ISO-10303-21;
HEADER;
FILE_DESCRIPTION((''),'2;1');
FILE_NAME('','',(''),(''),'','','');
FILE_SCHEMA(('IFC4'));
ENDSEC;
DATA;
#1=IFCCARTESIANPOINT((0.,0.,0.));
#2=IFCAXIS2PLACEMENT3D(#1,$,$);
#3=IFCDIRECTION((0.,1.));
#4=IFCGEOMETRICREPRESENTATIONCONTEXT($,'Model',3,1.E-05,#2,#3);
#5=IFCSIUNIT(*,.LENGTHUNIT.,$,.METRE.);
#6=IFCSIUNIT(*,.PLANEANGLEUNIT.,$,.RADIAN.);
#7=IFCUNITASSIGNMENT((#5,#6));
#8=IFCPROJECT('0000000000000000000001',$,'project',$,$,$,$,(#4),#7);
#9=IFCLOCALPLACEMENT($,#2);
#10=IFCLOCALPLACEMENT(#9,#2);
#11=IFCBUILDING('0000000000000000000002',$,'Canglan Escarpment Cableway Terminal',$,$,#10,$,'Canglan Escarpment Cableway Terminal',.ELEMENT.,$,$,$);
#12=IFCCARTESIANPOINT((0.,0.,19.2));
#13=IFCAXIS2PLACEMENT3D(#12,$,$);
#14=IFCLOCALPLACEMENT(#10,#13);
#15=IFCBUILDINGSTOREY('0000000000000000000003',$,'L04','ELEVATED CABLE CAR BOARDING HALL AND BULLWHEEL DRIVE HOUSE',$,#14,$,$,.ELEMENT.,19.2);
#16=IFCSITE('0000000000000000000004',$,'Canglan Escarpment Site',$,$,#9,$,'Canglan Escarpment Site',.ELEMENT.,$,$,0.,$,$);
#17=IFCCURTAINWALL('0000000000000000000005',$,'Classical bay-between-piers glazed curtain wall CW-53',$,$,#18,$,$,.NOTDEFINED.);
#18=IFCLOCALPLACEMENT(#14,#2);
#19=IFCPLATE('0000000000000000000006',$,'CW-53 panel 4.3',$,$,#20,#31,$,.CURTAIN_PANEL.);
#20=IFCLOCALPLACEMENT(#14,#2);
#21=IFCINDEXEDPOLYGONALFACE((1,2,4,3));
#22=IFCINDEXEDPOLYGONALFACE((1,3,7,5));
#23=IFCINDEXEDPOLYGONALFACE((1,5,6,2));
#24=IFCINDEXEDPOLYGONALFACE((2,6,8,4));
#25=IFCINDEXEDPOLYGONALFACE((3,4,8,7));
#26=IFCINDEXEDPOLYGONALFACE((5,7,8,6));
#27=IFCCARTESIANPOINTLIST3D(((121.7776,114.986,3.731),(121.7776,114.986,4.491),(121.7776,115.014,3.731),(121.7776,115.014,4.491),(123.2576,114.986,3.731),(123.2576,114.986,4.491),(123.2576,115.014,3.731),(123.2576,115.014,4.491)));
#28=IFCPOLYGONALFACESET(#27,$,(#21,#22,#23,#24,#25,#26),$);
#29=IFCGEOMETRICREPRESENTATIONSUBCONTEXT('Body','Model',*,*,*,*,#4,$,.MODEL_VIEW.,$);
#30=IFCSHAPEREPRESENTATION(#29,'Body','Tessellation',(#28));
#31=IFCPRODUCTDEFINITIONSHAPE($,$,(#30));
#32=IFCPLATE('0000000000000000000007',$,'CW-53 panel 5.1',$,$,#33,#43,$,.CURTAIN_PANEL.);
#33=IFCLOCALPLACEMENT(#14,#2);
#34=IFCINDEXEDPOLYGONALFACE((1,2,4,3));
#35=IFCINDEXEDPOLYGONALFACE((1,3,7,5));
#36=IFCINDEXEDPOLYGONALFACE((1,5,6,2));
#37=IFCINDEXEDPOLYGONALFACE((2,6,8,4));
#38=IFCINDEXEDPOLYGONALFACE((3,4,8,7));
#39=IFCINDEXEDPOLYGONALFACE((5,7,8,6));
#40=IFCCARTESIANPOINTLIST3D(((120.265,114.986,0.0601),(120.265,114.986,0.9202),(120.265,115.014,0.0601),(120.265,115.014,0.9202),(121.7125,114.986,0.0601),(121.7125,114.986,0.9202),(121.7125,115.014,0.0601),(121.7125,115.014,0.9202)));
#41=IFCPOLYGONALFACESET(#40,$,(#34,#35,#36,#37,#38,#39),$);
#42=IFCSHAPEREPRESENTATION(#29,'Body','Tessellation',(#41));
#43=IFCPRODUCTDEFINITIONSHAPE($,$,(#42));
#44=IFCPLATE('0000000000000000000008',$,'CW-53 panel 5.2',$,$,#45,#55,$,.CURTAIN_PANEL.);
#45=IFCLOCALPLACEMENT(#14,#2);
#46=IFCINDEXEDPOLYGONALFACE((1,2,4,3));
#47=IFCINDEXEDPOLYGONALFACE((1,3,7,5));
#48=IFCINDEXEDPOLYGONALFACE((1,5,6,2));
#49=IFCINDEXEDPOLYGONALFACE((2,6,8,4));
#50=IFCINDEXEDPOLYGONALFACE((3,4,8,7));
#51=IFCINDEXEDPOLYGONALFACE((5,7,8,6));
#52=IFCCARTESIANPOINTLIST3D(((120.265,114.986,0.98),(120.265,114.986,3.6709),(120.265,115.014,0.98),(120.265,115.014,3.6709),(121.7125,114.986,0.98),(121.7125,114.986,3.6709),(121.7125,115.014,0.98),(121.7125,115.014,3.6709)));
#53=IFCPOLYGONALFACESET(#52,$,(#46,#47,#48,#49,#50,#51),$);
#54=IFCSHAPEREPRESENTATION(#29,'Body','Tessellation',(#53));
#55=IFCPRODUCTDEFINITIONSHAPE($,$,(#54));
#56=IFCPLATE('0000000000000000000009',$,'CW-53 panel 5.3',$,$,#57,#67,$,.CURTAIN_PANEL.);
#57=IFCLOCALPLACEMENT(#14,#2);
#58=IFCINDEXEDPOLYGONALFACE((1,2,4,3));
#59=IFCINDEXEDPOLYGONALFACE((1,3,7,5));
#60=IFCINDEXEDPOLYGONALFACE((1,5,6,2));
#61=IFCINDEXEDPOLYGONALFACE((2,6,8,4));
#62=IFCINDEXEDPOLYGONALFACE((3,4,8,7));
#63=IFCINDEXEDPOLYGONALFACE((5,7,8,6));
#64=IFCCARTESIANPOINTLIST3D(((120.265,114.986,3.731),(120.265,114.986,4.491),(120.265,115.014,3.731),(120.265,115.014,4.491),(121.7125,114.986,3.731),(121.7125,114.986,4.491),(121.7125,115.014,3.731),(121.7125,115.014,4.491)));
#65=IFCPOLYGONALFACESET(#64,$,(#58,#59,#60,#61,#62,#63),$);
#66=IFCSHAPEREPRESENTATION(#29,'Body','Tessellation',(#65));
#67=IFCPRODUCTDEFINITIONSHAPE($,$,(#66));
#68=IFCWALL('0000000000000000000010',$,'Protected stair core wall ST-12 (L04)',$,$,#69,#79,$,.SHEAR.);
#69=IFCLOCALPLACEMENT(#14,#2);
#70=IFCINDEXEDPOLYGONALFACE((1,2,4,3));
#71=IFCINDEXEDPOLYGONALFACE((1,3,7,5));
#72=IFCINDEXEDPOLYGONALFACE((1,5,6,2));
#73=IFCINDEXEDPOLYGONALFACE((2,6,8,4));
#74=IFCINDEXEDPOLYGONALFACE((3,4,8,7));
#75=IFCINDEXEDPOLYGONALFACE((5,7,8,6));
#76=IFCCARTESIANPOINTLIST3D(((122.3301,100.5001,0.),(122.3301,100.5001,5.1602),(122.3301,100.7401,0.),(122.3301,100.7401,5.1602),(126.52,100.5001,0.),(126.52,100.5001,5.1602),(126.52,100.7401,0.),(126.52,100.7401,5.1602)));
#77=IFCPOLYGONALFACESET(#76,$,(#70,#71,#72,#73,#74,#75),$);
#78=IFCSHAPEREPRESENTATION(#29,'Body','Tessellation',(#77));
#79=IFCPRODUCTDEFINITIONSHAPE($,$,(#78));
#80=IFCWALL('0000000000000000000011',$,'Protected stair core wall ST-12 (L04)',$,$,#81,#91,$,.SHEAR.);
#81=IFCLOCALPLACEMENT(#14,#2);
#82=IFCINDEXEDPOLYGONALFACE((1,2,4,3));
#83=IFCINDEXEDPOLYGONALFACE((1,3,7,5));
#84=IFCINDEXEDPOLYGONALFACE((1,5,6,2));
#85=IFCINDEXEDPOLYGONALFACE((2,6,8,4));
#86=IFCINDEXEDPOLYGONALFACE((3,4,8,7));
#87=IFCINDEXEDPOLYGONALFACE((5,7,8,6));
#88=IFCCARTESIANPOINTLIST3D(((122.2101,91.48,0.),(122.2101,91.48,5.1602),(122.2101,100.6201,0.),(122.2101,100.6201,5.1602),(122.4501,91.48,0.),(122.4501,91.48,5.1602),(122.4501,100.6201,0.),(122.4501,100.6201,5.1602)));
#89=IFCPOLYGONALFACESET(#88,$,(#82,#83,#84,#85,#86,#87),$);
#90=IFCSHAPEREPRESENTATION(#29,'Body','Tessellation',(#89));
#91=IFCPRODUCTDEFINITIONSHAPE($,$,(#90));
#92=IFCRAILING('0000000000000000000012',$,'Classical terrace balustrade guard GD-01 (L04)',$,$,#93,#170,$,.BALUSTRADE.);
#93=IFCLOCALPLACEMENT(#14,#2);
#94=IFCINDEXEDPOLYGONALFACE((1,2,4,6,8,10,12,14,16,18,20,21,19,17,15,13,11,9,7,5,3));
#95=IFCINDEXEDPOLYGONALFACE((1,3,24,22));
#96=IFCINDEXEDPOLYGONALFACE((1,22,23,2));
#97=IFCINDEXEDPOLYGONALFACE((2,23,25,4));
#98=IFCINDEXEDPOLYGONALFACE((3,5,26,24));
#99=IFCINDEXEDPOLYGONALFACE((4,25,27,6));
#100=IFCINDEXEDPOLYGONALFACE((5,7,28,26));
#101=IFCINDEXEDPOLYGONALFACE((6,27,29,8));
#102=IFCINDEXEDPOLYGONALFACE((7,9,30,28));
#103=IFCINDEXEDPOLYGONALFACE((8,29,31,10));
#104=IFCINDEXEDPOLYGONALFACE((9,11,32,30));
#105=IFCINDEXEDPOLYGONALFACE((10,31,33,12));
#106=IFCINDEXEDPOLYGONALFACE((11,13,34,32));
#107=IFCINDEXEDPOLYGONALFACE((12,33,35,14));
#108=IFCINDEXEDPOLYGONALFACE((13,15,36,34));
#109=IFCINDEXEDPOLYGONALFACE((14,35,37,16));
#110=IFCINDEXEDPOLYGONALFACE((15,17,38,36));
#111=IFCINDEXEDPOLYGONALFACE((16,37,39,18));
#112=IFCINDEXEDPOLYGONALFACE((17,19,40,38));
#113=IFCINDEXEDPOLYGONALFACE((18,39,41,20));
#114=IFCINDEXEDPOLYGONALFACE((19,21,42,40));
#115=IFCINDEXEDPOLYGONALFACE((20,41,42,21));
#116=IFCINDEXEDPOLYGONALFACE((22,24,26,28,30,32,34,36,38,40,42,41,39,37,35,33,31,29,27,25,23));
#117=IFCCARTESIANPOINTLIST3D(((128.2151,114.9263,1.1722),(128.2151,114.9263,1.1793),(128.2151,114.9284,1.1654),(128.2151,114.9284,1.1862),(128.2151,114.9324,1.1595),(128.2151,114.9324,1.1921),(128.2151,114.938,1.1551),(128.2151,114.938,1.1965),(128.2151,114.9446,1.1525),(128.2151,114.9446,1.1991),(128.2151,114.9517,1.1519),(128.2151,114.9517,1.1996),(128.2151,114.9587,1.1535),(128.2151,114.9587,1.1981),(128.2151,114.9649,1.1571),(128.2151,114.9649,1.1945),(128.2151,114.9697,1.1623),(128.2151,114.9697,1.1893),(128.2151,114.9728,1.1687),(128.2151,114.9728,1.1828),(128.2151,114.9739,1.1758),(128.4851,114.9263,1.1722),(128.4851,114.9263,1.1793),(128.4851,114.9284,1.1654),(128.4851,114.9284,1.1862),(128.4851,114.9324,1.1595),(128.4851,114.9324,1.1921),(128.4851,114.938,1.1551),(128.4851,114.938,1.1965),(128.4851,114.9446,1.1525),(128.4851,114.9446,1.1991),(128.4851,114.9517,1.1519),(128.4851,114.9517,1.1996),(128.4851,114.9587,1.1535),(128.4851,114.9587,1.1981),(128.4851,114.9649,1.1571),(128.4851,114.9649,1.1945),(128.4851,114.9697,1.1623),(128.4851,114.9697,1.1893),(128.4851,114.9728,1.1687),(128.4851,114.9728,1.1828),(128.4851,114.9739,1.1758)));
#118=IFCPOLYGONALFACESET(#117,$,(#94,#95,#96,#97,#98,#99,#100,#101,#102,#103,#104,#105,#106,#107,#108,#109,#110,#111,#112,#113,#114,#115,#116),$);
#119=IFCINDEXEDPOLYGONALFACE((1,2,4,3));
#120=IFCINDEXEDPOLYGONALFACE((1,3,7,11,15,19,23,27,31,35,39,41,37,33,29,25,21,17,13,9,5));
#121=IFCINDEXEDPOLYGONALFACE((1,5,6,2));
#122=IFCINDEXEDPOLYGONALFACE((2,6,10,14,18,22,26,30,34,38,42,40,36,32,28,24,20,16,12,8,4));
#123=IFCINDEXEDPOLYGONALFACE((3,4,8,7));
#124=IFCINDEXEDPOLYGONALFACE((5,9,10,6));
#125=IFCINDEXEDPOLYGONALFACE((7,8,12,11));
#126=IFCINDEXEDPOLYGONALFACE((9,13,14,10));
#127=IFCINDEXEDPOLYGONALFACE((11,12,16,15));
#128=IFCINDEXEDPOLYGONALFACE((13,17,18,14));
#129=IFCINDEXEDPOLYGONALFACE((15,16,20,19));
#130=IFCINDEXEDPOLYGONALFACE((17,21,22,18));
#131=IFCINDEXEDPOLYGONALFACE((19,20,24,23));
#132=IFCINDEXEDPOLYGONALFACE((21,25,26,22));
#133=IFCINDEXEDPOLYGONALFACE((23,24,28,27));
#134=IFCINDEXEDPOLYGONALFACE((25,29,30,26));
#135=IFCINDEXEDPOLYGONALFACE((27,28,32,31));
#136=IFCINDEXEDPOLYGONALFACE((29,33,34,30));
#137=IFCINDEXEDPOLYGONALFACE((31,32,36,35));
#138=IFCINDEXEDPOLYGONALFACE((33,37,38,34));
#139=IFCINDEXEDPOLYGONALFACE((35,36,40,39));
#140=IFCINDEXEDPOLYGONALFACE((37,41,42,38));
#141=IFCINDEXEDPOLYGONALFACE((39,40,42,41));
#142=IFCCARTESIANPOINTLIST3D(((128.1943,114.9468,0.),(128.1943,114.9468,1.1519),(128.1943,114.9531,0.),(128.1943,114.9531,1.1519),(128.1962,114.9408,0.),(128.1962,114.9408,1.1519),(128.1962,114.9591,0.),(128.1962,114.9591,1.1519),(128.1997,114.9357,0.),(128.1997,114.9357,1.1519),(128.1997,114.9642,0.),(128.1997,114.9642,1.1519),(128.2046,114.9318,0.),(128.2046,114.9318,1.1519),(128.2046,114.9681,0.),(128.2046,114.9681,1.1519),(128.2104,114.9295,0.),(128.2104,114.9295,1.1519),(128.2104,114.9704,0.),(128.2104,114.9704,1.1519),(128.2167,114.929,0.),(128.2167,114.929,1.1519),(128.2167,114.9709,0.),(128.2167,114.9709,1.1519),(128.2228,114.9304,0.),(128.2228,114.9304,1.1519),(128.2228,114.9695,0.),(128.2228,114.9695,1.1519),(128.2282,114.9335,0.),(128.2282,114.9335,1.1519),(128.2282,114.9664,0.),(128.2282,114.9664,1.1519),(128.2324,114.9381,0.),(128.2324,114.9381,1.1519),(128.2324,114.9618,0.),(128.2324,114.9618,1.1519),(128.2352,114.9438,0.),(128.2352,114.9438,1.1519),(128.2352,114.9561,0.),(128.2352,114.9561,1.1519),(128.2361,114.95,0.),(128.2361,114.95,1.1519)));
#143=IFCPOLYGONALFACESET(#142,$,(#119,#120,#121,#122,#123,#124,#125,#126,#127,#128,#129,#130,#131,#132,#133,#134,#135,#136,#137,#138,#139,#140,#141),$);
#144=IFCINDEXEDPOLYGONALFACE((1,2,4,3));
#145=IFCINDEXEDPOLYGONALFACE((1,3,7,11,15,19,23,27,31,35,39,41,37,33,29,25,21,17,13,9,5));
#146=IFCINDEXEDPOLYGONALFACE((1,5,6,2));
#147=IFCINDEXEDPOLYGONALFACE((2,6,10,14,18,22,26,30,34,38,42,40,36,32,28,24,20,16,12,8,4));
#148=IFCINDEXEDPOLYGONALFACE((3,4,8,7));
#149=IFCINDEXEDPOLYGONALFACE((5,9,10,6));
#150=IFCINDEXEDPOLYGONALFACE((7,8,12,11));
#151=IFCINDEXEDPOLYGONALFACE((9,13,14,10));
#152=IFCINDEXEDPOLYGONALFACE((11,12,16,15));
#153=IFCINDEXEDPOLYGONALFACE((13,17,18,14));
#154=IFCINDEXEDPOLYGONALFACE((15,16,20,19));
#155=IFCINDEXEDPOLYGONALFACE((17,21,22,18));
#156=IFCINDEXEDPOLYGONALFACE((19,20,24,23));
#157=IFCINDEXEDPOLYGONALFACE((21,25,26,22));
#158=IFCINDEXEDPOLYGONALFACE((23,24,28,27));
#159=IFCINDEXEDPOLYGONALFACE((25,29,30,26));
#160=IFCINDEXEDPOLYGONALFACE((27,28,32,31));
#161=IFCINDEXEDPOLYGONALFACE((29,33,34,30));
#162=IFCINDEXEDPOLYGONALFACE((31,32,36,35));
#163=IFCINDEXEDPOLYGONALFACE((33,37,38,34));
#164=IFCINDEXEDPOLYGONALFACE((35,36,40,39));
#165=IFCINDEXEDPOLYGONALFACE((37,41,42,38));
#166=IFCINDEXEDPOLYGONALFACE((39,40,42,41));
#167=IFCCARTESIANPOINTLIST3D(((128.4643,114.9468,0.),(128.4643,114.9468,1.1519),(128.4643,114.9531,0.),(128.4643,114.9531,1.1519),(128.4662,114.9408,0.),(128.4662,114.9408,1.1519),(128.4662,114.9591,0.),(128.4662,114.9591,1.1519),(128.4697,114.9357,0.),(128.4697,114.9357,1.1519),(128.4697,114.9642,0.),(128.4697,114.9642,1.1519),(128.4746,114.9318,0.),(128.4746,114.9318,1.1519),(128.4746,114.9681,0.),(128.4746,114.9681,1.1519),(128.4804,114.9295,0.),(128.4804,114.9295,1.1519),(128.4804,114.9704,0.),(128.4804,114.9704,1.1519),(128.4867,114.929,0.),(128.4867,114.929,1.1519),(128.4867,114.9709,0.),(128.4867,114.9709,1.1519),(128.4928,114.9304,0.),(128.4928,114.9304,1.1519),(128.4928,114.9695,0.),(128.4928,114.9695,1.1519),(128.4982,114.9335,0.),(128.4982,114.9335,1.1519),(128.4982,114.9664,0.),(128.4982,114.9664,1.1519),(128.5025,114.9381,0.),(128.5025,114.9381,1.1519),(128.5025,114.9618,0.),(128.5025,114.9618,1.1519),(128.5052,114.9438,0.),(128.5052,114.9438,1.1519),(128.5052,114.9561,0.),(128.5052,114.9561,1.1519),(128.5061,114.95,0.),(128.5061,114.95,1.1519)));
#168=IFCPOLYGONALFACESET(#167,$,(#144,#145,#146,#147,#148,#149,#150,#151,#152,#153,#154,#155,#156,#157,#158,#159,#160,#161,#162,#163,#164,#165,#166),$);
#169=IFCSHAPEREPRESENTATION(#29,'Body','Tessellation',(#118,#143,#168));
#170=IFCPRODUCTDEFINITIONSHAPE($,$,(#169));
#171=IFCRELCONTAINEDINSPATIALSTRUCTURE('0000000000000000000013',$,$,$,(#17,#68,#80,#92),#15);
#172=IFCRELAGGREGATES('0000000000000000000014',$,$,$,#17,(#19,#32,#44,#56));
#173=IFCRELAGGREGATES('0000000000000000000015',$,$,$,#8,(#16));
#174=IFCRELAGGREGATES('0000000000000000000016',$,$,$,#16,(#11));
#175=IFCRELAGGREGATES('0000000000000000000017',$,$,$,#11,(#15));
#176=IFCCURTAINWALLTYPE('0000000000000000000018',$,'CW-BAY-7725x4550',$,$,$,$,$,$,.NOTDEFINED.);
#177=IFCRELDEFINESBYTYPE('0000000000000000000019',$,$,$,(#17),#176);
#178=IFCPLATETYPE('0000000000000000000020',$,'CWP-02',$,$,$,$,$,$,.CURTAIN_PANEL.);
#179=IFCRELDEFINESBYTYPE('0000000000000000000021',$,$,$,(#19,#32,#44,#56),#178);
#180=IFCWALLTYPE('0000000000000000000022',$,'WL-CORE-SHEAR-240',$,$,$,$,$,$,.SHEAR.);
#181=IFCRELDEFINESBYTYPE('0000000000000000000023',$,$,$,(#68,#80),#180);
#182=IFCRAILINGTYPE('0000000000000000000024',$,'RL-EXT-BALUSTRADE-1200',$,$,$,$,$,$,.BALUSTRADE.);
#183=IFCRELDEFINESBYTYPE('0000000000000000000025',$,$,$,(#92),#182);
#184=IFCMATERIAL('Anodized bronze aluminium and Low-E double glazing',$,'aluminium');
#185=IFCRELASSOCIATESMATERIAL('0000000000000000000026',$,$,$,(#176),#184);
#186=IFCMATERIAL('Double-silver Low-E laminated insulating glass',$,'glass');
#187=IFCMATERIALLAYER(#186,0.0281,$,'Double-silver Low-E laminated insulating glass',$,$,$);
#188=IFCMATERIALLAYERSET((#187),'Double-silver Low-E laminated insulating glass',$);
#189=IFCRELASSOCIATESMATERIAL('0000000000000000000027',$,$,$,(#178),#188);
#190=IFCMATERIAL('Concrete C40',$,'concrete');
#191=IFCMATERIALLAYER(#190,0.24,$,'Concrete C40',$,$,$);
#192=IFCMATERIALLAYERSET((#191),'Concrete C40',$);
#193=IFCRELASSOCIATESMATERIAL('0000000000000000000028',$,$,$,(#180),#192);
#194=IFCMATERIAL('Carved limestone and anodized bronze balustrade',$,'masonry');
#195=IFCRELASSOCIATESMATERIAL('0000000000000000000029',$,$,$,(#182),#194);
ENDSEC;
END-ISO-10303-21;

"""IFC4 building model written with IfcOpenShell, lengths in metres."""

from ifc_helpers import new_model, si_unit, direction, frame, frame_2d, origin, origin_2d, place, context, subcontext, project, spatial, rectangle, circle, extrude, material, layer, layer_set, type_object, element, aggregate, save


model = new_model("IFC4")

# Units and contexts
model_context = context("Model", 3, precision=1e-05, world=origin(), true_north=direction((0.0, 1.0)))
body_context = subcontext(model_context, "Body", "Model", "MODEL_VIEW")
ifc_project = project(units=[si_unit("LENGTHUNIT", "METRE"), si_unit("PLANEANGLEUNIT", "RADIAN")], contexts=[model_context])

# Site, building, storey
site_placement = place(None, origin())
site = spatial("IfcSite", under=ifc_project, at=site_placement, Name="Canglan Escarpment Site", LongName="Canglan Escarpment Site", CompositionType="ELEMENT", RefElevation=0.0)
building_placement = place(site_placement, origin())
building = spatial("IfcBuilding", under=site, at=building_placement, Name="Canglan Escarpment Cableway Terminal", LongName="Canglan Escarpment Cableway Terminal", CompositionType="ELEMENT")
storey_placement = place(building_placement, frame((0.0, 0.0, 19.2)))
storey = spatial("IfcBuildingStorey", under=building, at=storey_placement, Name="L04", Description="ELEVATED CABLE CAR BOARDING HALL AND BULLWHEEL DRIVE HOUSE", CompositionType="ELEMENT", Elevation=19.2)

# Shared definitions
ifc_material_1 = material(Name="Concrete C40", Category="concrete")

# Curtain wall
ifc_material_2 = material(Name="Anodized bronze aluminium and Low-E double glazing", Category="aluminium")
curtain_wall_type = type_object("IfcCurtainWallType", Name="CW-BAY-7725x4550", PredefinedType="NOTDEFINED", material=ifc_material_2)
curtain_wall_placement = place(storey_placement, origin())
curtain_wall = element("IfcCurtainWall", 1, at=curtain_wall_placement, inside=storey, type_object=curtain_wall_type, Name="Classical bay-between-piers glazed curtain wall CW-53", PredefinedType="NOTDEFINED")

# Plates
ifc_material_3 = material(Name="Double-silver Low-E laminated insulating glass", Category="glass")
ifc_layer_1 = layer(ifc_material_3, 0.0281, Name="Double-silver Low-E laminated insulating glass")
ifc_layer_set_1 = layer_set([ifc_layer_1], Name="Double-silver Low-E laminated insulating glass")
plate_type = type_object("IfcPlateType", Name="CWP-02", PredefinedType="CURTAIN_PANEL", material=ifc_layer_set_1)
plate_1_placement = place(storey_placement, frame((122.5176, 115.0, 3.731), z_axis=(0.0, 0.0, 1.0), x_axis=(-1.0, 0.0, 0.0)))
plate_1 = element("IfcPlate", 2, at=plate_1_placement, type_object=plate_type, Name="CW-53 panel 4.3", PredefinedType="CURTAIN_PANEL", context=body_context, shape_type="SweptSolid", body=[
    extrude(rectangle(XDim=1.48, YDim=0.0281, at=origin_2d()), origin(), (0.0, 0.0, 1.0), 0.76),
])
plate_2_placement = place(storey_placement, frame((120.9888, 115.0, 0.0601), z_axis=(0.0, 0.0, 1.0), x_axis=(-1.0, 0.0, 0.0)))
plate_2 = element("IfcPlate", 3, at=plate_2_placement, type_object=plate_type, Name="CW-53 panel 5.1", PredefinedType="CURTAIN_PANEL", context=body_context, shape_type="SweptSolid", body=[
    extrude(rectangle(XDim=1.4475, YDim=0.0281, at=origin_2d()), origin(), (0.0, 0.0, 1.0), 0.8601),
])
plate_3_placement = place(storey_placement, frame((120.9888, 115.0, 0.98), z_axis=(0.0, 0.0, 1.0), x_axis=(-1.0, 0.0, 0.0)))
plate_3 = element("IfcPlate", 4, at=plate_3_placement, type_object=plate_type, Name="CW-53 panel 5.2", PredefinedType="CURTAIN_PANEL", context=body_context, shape_type="SweptSolid", body=[
    extrude(rectangle(XDim=1.4475, YDim=0.0281, at=origin_2d()), origin(), (0.0, 0.0, 1.0), 2.6909),
])
plate_4_placement = place(storey_placement, frame((120.9888, 115.0, 3.731), z_axis=(0.0, 0.0, 1.0), x_axis=(-1.0, 0.0, 0.0)))
plate_4 = element("IfcPlate", 5, at=plate_4_placement, type_object=plate_type, Name="CW-53 panel 5.3", PredefinedType="CURTAIN_PANEL", context=body_context, shape_type="SweptSolid", body=[
    extrude(rectangle(XDim=1.4475, YDim=0.0281, at=origin_2d()), origin(), (0.0, 0.0, 1.0), 0.76),
])
aggregate(curtain_wall, [plate_1, plate_2, plate_3, plate_4])

# Walls
ifc_layer_2 = layer(ifc_material_1, 0.24, Name="Concrete C40")
ifc_layer_set_2 = layer_set([ifc_layer_2], Name="Concrete C40")
wall_type = type_object("IfcWallType", Name="WL-CORE-SHEAR-240", PredefinedType="SHEAR", material=ifc_layer_set_2)
wall_1_placement = place(storey_placement, frame((126.52, 100.6201, 0.0), z_axis=(0.0, 0.0, 1.0), x_axis=(-1.0, 0.0, 0.0)))
element("IfcWall", 6, at=wall_1_placement, inside=storey, type_object=wall_type, Name="Protected stair core wall ST-12 (L04)", PredefinedType="SHEAR", context=body_context, shape_type="SweptSolid", body=[
    extrude(rectangle(XDim=4.1899, YDim=0.24, at=frame_2d((2.095, 0.0))), origin(), (0.0, 0.0, 1.0), 5.1602),
])
wall_2_placement = place(storey_placement, frame((122.3301, 100.6201, 0.0), z_axis=(0.0, 0.0, 1.0), x_axis=(0.0, -1.0, 0.0)))
element("IfcWall", 7, at=wall_2_placement, inside=storey, type_object=wall_type, Name="Protected stair core wall ST-12 (L04)", PredefinedType="SHEAR", context=body_context, shape_type="SweptSolid", body=[
    extrude(rectangle(XDim=9.1401, YDim=0.24, at=frame_2d((4.5701, 0.0))), origin(), (0.0, 0.0, 1.0), 5.1602),
])

# Railing
ifc_material_4 = material(Name="Carved limestone and anodized bronze balustrade", Category="masonry")
railing_type = type_object("IfcRailingType", Name="RL-EXT-BALUSTRADE-1200", PredefinedType="BALUSTRADE", material=ifc_material_4)
railing_placement = place(storey_placement, frame((128.2151, 114.95, 0.0)))
element("IfcRailing", 8, at=railing_placement, inside=storey, type_object=railing_type, Name="Classical terrace balustrade guard GD-01 (L04)", PredefinedType="BALUSTRADE", context=body_context, shape_type="SweptSolid", body=[
    extrude(circle(Radius=0.0239, at=origin_2d()), frame((0.0, 0.0, 1.1758), z_axis=(1.0, 0.0, 0.0), x_axis=(0.0, 1.0, 0.0)), (0.0, 0.0, 1.0), 0.27),
    extrude(circle(Radius=0.021, at=origin_2d()), origin(), (0.0, 0.0, 1.0), 1.1519),
    extrude(circle(Radius=0.021, at=origin_2d()), frame((0.27, 0.0, 0.0)), (0.0, 0.0, 1.0), 1.1519),
])

save(model, "model.ifc")
